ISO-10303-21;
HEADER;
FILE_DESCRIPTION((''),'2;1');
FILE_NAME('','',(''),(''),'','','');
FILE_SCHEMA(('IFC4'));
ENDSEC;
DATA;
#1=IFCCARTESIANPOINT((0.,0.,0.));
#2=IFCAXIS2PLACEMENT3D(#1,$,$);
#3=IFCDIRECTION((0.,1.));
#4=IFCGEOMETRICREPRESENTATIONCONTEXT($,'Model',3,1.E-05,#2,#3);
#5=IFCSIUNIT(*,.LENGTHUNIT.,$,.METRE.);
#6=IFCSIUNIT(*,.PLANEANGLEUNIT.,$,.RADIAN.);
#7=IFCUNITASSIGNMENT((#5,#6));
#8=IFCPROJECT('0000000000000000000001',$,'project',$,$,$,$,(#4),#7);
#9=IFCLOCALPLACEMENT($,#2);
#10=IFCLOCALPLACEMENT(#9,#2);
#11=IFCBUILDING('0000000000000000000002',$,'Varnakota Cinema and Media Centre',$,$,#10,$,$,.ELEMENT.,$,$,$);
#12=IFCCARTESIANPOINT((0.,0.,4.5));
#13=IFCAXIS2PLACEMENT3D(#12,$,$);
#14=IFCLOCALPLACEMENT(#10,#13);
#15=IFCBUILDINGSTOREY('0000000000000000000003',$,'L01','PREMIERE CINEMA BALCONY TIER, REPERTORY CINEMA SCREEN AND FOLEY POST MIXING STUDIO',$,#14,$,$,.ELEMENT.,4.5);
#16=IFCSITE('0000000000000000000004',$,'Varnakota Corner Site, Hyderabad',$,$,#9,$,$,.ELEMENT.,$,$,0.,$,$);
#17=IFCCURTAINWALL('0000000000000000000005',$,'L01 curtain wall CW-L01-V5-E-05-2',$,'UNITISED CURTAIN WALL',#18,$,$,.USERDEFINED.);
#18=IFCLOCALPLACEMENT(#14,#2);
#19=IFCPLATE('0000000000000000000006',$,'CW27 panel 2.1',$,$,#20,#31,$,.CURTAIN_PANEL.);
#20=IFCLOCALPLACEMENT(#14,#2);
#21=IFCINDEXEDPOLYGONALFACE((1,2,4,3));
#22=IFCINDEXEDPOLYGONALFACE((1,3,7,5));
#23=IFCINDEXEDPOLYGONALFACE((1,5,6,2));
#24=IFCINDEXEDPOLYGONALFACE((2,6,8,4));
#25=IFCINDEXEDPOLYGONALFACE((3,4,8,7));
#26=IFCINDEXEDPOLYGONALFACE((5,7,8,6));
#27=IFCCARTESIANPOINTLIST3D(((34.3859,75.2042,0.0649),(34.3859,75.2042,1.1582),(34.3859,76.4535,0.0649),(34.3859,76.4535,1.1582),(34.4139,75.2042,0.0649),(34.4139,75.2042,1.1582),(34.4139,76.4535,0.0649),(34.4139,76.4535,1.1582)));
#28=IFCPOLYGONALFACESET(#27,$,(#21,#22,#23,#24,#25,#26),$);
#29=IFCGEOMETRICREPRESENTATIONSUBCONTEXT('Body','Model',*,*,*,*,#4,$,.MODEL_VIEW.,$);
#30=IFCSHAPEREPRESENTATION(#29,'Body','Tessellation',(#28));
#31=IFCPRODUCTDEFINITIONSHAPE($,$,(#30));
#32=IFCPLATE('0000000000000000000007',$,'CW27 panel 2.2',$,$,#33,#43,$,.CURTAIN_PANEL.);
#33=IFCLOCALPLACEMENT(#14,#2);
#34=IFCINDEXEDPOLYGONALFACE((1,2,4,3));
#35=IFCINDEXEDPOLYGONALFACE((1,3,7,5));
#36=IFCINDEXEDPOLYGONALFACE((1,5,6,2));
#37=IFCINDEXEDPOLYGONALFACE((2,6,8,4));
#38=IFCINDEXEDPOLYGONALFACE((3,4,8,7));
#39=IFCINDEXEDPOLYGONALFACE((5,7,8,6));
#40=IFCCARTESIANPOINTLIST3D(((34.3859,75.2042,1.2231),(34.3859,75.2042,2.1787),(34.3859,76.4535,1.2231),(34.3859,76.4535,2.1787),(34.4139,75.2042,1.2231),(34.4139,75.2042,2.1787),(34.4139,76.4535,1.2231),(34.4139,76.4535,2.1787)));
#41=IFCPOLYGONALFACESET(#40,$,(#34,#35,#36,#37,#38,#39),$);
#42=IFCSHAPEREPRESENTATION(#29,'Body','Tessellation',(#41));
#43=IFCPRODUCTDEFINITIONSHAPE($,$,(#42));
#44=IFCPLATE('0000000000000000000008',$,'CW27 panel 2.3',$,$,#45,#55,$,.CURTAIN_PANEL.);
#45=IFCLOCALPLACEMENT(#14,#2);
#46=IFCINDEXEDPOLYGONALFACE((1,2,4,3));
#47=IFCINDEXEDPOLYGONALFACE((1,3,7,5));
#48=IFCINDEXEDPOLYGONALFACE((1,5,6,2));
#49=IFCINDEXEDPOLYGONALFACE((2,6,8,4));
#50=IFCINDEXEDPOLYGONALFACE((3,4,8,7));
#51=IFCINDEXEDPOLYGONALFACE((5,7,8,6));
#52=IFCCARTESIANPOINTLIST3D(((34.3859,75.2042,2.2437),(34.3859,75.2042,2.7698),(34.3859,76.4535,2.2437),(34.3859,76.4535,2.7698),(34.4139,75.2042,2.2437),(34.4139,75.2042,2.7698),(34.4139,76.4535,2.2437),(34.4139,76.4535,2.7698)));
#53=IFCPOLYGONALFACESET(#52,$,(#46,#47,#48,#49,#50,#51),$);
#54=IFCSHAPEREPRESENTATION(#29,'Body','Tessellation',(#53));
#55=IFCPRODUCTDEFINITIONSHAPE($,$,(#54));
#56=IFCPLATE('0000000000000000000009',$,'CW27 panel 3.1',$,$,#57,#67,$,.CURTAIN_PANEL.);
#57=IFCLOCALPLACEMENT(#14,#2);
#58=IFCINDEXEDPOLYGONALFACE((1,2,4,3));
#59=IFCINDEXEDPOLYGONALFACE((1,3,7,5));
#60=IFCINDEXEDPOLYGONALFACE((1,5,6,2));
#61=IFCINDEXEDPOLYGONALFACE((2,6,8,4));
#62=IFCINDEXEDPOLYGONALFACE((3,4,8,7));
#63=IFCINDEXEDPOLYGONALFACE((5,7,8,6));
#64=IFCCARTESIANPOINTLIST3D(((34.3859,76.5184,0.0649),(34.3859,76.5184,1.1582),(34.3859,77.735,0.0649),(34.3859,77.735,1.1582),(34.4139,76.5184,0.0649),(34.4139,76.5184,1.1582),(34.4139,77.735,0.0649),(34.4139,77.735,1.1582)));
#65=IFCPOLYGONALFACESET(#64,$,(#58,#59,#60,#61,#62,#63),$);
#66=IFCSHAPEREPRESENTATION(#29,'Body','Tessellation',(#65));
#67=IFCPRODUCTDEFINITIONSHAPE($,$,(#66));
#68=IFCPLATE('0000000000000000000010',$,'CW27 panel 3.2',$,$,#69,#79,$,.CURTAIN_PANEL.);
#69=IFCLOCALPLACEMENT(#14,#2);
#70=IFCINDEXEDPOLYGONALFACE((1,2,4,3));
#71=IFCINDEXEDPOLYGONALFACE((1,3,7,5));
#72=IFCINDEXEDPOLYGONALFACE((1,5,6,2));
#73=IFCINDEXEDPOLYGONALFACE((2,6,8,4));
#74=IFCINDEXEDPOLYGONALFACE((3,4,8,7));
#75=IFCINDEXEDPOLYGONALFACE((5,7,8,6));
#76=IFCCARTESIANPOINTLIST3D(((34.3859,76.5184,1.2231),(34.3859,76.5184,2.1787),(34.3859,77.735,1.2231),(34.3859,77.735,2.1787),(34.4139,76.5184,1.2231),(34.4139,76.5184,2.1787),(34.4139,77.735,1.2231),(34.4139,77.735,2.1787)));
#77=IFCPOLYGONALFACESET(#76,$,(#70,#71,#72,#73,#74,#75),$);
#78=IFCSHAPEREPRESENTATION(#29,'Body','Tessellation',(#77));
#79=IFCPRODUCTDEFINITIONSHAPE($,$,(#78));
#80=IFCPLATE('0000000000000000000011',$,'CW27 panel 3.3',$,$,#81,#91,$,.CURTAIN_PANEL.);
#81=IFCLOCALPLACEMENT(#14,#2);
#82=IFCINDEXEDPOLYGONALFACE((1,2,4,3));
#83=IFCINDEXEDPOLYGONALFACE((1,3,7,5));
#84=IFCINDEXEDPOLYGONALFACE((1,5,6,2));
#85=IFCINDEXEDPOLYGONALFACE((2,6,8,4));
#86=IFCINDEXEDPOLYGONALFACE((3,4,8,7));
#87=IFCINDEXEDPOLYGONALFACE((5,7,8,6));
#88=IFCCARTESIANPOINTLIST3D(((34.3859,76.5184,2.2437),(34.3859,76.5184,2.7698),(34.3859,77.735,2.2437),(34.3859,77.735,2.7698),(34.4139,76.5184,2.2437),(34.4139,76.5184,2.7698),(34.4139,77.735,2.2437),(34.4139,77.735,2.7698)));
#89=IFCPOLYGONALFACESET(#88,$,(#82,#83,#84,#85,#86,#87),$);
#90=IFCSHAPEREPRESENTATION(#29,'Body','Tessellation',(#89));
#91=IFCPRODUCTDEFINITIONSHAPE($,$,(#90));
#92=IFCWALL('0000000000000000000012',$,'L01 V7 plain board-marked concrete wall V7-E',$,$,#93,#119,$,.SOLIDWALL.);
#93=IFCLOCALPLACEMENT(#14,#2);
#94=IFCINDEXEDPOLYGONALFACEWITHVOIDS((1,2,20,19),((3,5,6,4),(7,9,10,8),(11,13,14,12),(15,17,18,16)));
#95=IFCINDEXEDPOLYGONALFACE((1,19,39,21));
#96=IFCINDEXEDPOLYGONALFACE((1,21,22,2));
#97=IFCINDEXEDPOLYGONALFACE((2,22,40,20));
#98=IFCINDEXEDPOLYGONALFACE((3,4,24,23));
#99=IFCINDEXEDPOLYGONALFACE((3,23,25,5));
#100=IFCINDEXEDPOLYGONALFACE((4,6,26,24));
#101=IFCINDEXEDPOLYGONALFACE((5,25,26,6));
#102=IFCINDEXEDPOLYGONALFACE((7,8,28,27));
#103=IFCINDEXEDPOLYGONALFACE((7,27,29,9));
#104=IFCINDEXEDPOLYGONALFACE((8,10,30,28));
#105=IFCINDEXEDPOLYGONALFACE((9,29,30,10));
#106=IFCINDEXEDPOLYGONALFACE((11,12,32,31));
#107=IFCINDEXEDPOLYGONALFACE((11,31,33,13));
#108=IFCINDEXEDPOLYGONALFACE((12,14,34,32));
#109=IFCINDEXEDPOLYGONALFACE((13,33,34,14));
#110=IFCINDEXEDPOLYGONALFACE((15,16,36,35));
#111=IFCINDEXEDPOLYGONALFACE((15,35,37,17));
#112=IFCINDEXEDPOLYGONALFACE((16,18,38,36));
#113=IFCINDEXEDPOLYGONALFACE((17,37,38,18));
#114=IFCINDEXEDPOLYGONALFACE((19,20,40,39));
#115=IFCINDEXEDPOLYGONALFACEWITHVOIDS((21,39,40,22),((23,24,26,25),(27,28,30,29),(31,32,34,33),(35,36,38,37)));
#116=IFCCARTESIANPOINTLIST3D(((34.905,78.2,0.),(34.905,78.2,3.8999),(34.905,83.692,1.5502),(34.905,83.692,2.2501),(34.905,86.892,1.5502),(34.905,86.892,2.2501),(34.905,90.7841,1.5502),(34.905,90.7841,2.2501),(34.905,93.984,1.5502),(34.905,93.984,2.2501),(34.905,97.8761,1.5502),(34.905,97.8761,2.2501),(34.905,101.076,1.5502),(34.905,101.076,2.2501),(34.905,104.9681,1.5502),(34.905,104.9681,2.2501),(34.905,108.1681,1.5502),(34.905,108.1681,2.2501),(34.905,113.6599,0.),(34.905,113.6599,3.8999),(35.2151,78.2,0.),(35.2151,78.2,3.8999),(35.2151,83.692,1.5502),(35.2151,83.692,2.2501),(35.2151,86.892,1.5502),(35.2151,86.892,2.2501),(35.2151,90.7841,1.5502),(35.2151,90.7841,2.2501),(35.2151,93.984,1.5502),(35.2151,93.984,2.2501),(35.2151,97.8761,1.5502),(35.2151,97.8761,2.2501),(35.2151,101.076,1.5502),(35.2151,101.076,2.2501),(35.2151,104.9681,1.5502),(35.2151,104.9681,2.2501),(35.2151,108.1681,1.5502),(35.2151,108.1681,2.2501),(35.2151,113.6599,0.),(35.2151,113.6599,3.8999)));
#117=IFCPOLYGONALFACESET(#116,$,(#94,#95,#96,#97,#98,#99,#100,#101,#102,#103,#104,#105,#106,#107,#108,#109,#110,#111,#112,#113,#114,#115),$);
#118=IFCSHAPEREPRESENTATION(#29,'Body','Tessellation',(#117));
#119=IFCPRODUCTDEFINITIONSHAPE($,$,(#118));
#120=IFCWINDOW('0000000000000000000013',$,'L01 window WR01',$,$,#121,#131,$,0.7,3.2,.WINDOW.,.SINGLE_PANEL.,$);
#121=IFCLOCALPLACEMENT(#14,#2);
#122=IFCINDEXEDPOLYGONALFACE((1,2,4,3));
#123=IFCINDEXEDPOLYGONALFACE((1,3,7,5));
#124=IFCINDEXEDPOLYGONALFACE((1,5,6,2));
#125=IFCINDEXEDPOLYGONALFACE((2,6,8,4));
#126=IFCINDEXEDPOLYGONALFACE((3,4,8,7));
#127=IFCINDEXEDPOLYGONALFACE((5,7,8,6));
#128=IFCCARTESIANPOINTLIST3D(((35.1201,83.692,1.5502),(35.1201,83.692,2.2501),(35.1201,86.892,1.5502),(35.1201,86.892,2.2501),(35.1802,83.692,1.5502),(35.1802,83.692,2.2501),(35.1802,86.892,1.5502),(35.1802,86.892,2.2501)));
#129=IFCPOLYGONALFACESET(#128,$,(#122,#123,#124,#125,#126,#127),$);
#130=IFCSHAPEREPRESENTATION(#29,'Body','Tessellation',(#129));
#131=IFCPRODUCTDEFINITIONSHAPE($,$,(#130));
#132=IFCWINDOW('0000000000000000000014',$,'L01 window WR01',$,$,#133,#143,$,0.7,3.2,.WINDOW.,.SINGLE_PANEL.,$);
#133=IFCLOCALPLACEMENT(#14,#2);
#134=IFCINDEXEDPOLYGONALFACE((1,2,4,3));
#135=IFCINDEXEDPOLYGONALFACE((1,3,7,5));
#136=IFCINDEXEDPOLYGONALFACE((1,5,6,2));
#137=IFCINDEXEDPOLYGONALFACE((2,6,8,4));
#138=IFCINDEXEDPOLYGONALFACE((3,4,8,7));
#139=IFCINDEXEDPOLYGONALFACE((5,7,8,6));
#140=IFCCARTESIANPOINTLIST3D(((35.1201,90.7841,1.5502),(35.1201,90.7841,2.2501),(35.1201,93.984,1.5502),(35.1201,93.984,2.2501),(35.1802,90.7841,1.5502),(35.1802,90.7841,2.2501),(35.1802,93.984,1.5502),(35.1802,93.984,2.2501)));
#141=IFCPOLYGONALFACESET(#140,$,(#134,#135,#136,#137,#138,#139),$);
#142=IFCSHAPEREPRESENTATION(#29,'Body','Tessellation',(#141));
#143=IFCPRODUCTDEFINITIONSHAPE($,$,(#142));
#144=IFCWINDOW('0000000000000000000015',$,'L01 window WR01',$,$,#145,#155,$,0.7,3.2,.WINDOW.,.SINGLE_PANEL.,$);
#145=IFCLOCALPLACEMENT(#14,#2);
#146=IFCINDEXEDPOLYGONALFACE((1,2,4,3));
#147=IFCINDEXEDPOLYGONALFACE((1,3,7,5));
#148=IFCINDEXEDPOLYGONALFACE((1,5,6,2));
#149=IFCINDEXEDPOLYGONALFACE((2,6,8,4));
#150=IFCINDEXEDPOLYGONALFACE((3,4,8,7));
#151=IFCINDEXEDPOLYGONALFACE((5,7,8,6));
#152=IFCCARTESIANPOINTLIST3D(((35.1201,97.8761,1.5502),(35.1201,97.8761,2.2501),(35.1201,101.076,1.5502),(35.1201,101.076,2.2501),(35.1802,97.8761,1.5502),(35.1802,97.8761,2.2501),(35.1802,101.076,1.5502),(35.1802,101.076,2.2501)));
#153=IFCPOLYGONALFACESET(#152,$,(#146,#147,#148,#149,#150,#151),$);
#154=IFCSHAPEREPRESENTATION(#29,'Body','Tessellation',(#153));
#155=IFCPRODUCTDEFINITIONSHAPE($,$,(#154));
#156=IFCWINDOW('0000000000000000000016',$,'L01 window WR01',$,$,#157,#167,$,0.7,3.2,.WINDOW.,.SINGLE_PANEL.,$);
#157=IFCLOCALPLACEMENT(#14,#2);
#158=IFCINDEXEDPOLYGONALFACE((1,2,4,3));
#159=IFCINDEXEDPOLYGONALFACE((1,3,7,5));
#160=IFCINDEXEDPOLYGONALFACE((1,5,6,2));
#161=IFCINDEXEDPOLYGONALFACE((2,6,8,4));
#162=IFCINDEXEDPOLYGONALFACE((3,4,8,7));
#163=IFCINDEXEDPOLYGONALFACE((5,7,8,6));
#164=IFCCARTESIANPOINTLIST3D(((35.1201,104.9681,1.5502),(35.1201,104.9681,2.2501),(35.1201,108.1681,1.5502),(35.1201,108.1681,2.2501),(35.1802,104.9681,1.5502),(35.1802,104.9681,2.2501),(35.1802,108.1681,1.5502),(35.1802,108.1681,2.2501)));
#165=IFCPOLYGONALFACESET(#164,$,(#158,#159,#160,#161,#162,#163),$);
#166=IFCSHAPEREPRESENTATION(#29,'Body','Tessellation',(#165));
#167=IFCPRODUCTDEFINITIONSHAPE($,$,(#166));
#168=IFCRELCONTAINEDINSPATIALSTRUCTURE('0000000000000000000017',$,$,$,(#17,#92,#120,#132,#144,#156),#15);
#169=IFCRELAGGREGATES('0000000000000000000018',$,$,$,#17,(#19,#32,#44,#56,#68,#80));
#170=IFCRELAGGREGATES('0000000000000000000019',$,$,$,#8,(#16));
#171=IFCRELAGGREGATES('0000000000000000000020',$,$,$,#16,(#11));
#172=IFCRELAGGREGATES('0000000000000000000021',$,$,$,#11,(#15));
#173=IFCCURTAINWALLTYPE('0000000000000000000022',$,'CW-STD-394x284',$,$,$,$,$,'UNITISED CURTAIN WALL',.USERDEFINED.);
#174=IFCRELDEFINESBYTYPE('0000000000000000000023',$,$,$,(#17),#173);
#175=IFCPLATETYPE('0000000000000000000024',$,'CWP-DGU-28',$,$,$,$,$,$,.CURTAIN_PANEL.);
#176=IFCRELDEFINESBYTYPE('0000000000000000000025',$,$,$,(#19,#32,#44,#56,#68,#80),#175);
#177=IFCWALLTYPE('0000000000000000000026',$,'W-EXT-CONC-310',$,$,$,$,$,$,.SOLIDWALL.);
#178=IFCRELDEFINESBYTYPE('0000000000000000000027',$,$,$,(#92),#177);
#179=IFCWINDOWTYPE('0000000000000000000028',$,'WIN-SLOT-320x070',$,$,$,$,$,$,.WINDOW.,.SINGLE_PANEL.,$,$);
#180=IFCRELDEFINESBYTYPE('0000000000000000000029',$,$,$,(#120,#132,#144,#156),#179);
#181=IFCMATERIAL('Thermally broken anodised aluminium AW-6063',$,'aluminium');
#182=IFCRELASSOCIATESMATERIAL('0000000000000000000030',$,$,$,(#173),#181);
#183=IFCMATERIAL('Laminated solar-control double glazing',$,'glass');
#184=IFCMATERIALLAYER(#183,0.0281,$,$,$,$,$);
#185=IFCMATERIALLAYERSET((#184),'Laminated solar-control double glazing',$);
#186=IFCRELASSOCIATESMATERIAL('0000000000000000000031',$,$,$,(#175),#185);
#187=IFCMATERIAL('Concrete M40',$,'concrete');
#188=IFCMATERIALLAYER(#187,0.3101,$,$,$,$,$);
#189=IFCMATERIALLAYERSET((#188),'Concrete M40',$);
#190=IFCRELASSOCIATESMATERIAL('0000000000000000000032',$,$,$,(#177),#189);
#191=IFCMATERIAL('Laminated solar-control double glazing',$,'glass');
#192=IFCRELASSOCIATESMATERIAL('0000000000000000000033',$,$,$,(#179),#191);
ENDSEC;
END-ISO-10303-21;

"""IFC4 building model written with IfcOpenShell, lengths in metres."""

from ifc_helpers import new_model, si_unit, direction, frame, frame_2d, origin, origin_2d, place, context, subcontext, project, spatial, rectangle, extrude, material, layer, layer_set, type_object, element, fill, aggregate, save


model = new_model("IFC4")

# Units and contexts
model_context = context("Model", 3, precision=1e-05, world=origin(), true_north=direction((0.0, 1.0)))
body_context = subcontext(model_context, "Body", "Model", "MODEL_VIEW")
ifc_project = project(units=[si_unit("LENGTHUNIT", "METRE"), si_unit("PLANEANGLEUNIT", "RADIAN")], contexts=[model_context])

# Site, building, storey
site_placement = place(None, origin())
site = spatial("IfcSite", under=ifc_project, at=site_placement, Name="Varnakota Corner Site, Hyderabad", CompositionType="ELEMENT", RefElevation=0.0)
building_placement = place(site_placement, origin())
building = spatial("IfcBuilding", under=site, at=building_placement, Name="Varnakota Cinema and Media Centre", CompositionType="ELEMENT")
storey_placement = place(building_placement, frame((0.0, 0.0, 4.5)))
storey = spatial("IfcBuildingStorey", under=building, at=storey_placement, Name="L01", Description="PREMIERE CINEMA BALCONY TIER, REPERTORY CINEMA SCREEN AND FOLEY POST MIXING STUDIO", CompositionType="ELEMENT", Elevation=4.5)

# Shared definitions
ifc_material_1 = material(Name="Thermally broken anodised aluminium AW-6063", Category="aluminium")
curtain_wall_type = type_object("IfcCurtainWallType", Name="CW-STD-394x284", ElementType="UNITISED CURTAIN WALL", PredefinedType="USERDEFINED", material=ifc_material_1)

# Curtain wall
curtain_wall_1_placement = place(storey_placement, origin())
curtain_wall_1 = element("IfcCurtainWall", 1, at=curtain_wall_1_placement, inside=storey, type_object=curtain_wall_type, Name="L01 curtain wall CW-L01-V5-E-05-2", ObjectType="UNITISED CURTAIN WALL", PredefinedType="USERDEFINED")

# Plates
ifc_material_2 = material(Name="Laminated solar-control double glazing", Category="glass")
ifc_layer_1 = layer(ifc_material_2, 0.0281)
ifc_layer_set_1 = layer_set([ifc_layer_1], Name="Laminated solar-control double glazing")
plate_type = type_object("IfcPlateType", Name="CWP-DGU-28", PredefinedType="CURTAIN_PANEL", material=ifc_layer_set_1)
plate_1_placement = place(storey_placement, frame((34.3999, 75.8289, 0.0649), z_axis=(0.0, 0.0, 1.0), x_axis=(0.0, 1.0, 0.0)))
plate_1 = element("IfcPlate", 2, at=plate_1_placement, type_object=plate_type, Name="CW27 panel 2.1", PredefinedType="CURTAIN_PANEL", context=body_context, shape_type="SweptSolid", body=[
    extrude(rectangle(XDim=1.2493, YDim=0.0281, at=origin_2d()), origin(), (0.0, 0.0, 1.0), 1.0933),
])
plate_2_placement = place(storey_placement, frame((34.3999, 75.8289, 1.2231), z_axis=(0.0, 0.0, 1.0), x_axis=(0.0, 1.0, 0.0)))
plate_2 = element("IfcPlate", 3, at=plate_2_placement, type_object=plate_type, Name="CW27 panel 2.2", PredefinedType="CURTAIN_PANEL", context=body_context, shape_type="SweptSolid", body=[
    extrude(rectangle(XDim=1.2493, YDim=0.0281, at=origin_2d()), origin(), (0.0, 0.0, 1.0), 0.9556),
])
plate_3_placement = place(storey_placement, frame((34.3999, 75.8289, 2.2437), z_axis=(0.0, 0.0, 1.0), x_axis=(0.0, 1.0, 0.0)))
plate_3 = element("IfcPlate", 4, at=plate_3_placement, type_object=plate_type, Name="CW27 panel 2.3", PredefinedType="CURTAIN_PANEL", context=body_context, shape_type="SweptSolid", body=[
    extrude(rectangle(XDim=1.2493, YDim=0.0281, at=origin_2d()), origin(), (0.0, 0.0, 1.0), 0.5261),
])
plate_4_placement = place(storey_placement, frame((34.3999, 77.1267, 0.0649), z_axis=(0.0, 0.0, 1.0), x_axis=(0.0, 1.0, 0.0)))
plate_4 = element("IfcPlate", 5, at=plate_4_placement, type_object=plate_type, Name="CW27 panel 3.1", PredefinedType="CURTAIN_PANEL", context=body_context, shape_type="SweptSolid", body=[
    extrude(rectangle(XDim=1.2166, YDim=0.0281, at=origin_2d()), origin(), (0.0, 0.0, 1.0), 1.0933),
])
plate_5_placement = place(storey_placement, frame((34.3999, 77.1267, 1.2231), z_axis=(0.0, 0.0, 1.0), x_axis=(0.0, 1.0, 0.0)))
plate_5 = element("IfcPlate", 6, at=plate_5_placement, type_object=plate_type, Name="CW27 panel 3.2", PredefinedType="CURTAIN_PANEL", context=body_context, shape_type="SweptSolid", body=[
    extrude(rectangle(XDim=1.2166, YDim=0.0281, at=origin_2d()), origin(), (0.0, 0.0, 1.0), 0.9556),
])
plate_6_placement = place(storey_placement, frame((34.3999, 77.1267, 2.2437), z_axis=(0.0, 0.0, 1.0), x_axis=(0.0, 1.0, 0.0)))
plate_6 = element("IfcPlate", 7, at=plate_6_placement, type_object=plate_type, Name="CW27 panel 3.3", PredefinedType="CURTAIN_PANEL", context=body_context, shape_type="SweptSolid", body=[
    extrude(rectangle(XDim=1.2166, YDim=0.0281, at=origin_2d()), origin(), (0.0, 0.0, 1.0), 0.5261),
])
aggregate(curtain_wall_1, [plate_1, plate_2, plate_3, plate_4, plate_5, plate_6])

# Wall, openings, windows
ifc_material_3 = material(Name="Concrete M40", Category="concrete")
ifc_layer_2 = layer(ifc_material_3, 0.3101)
ifc_layer_set_2 = layer_set([ifc_layer_2], Name="Concrete M40")
wall_type = type_object("IfcWallType", Name="W-EXT-CONC-310", PredefinedType="SOLIDWALL", material=ifc_layer_set_2)
wall_placement = place(storey_placement, frame((35.0601, 78.2, 0.0), z_axis=(0.0, 0.0, 1.0), x_axis=(0.0, 1.0, 0.0)))
wall = element("IfcWall", 8, at=wall_placement, inside=storey, type_object=wall_type, Name="L01 V7 plain board-marked concrete wall V7-E", PredefinedType="SOLIDWALL", context=body_context, shape_type="SweptSolid", body=[
    extrude(rectangle(XDim=35.46, YDim=0.3101, at=frame_2d((17.73, 0.0))), origin(), (0.0, 0.0, 1.0), 3.8999),
])
opening_1_placement = place(wall_placement, frame((5.4919, 0.0, 1.55)))
opening_1 = element("IfcOpeningElement", 9, at=opening_1_placement, cuts=wall, PredefinedType="OPENING", context=body_context, shape_type="SweptSolid", body=[
    extrude(rectangle(XDim=3.2, YDim=0.7, at=frame_2d((1.6001, 0.3501))), frame((0.0, 0.155, 0.0), z_axis=(0.0, -1.0, 0.0), x_axis=(1.0, 0.0, 0.0)), (0.0, 0.0, 1.0), 0.3101),
])
opening_2_placement = place(wall_placement, frame((12.584, 0.0, 1.55)))
opening_2 = element("IfcOpeningElement", 10, at=opening_2_placement, cuts=wall, PredefinedType="OPENING", context=body_context, shape_type="SweptSolid", body=[
    extrude(rectangle(XDim=3.2, YDim=0.7, at=frame_2d((1.6001, 0.3501))), frame((0.0, 0.155, 0.0), z_axis=(0.0, -1.0, 0.0), x_axis=(1.0, 0.0, 0.0)), (0.0, 0.0, 1.0), 0.3101),
])
opening_3_placement = place(wall_placement, frame((19.676, 0.0, 1.55)))
opening_3 = element("IfcOpeningElement", 11, at=opening_3_placement, cuts=wall, PredefinedType="OPENING", context=body_context, shape_type="SweptSolid", body=[
    extrude(rectangle(XDim=3.2, YDim=0.7, at=frame_2d((1.6001, 0.3501))), frame((0.0, 0.155, 0.0), z_axis=(0.0, -1.0, 0.0), x_axis=(1.0, 0.0, 0.0)), (0.0, 0.0, 1.0), 0.3101),
])
opening_4_placement = place(wall_placement, frame((26.7681, 0.0, 1.55)))
opening_4 = element("IfcOpeningElement", 12, at=opening_4_placement, cuts=wall, PredefinedType="OPENING", context=body_context, shape_type="SweptSolid", body=[
    extrude(rectangle(XDim=3.2, YDim=0.7, at=frame_2d((1.6001, 0.3501))), frame((0.0, 0.155, 0.0), z_axis=(0.0, -1.0, 0.0), x_axis=(1.0, 0.0, 0.0)), (0.0, 0.0, 1.0), 0.3101),
])
ifc_material_4 = material(Name="Laminated solar-control double glazing", Category="glass")
window_type = type_object("IfcWindowType", Name="WIN-SLOT-320x070", PartitioningType="SINGLE_PANEL", PredefinedType="WINDOW", material=ifc_material_4)
window_1_placement = place(opening_1_placement, origin())
window_1 = element("IfcWindow", 13, at=window_1_placement, inside=storey, type_object=window_type, Name="L01 window WR01", OverallHeight=0.7, OverallWidth=3.2, PartitioningType="SINGLE_PANEL", PredefinedType="WINDOW", context=body_context, shape_type="SweptSolid", body=[
    extrude(rectangle(XDim=3.2, YDim=0.7, at=frame_2d((1.6001, 0.3501))), frame((0.0, -0.0601, 0.0), z_axis=(0.0, -1.0, 0.0), x_axis=(1.0, 0.0, 0.0)), (0.0, 0.0, 1.0), 0.0601),
])
fill(opening_1, window_1)
window_2_placement = place(opening_2_placement, origin())
window_2 = element("IfcWindow", 14, at=window_2_placement, inside=storey, type_object=window_type, Name="L01 window WR01", OverallHeight=0.7, OverallWidth=3.2, PartitioningType="SINGLE_PANEL", PredefinedType="WINDOW", context=body_context, shape_type="SweptSolid", body=[
    extrude(rectangle(XDim=3.2, YDim=0.7, at=frame_2d((1.6001, 0.3501))), frame((0.0, -0.0601, 0.0), z_axis=(0.0, -1.0, 0.0), x_axis=(1.0, 0.0, 0.0)), (0.0, 0.0, 1.0), 0.0601),
])
fill(opening_2, window_2)
window_3_placement = place(opening_3_placement, origin())
window_3 = element("IfcWindow", 15, at=window_3_placement, inside=storey, type_object=window_type, Name="L01 window WR01", OverallHeight=0.7, OverallWidth=3.2, PartitioningType="SINGLE_PANEL", PredefinedType="WINDOW", context=body_context, shape_type="SweptSolid", body=[
    extrude(rectangle(XDim=3.2, YDim=0.7, at=frame_2d((1.6001, 0.3501))), frame((0.0, -0.0601, 0.0), z_axis=(0.0, -1.0, 0.0), x_axis=(1.0, 0.0, 0.0)), (0.0, 0.0, 1.0), 0.0601),
])
fill(opening_3, window_3)
window_4_placement = place(opening_4_placement, origin())
window_4 = element("IfcWindow", 16, at=window_4_placement, inside=storey, type_object=window_type, Name="L01 window WR01", OverallHeight=0.7, OverallWidth=3.2, PartitioningType="SINGLE_PANEL", PredefinedType="WINDOW", context=body_context, shape_type="SweptSolid", body=[
    extrude(rectangle(XDim=3.2, YDim=0.7, at=frame_2d((1.6001, 0.3501))), frame((0.0, -0.0601, 0.0), z_axis=(0.0, -1.0, 0.0), x_axis=(1.0, 0.0, 0.0)), (0.0, 0.0, 1.0), 0.0601),
])
fill(opening_4, window_4)

save(model, "model.ifc")
